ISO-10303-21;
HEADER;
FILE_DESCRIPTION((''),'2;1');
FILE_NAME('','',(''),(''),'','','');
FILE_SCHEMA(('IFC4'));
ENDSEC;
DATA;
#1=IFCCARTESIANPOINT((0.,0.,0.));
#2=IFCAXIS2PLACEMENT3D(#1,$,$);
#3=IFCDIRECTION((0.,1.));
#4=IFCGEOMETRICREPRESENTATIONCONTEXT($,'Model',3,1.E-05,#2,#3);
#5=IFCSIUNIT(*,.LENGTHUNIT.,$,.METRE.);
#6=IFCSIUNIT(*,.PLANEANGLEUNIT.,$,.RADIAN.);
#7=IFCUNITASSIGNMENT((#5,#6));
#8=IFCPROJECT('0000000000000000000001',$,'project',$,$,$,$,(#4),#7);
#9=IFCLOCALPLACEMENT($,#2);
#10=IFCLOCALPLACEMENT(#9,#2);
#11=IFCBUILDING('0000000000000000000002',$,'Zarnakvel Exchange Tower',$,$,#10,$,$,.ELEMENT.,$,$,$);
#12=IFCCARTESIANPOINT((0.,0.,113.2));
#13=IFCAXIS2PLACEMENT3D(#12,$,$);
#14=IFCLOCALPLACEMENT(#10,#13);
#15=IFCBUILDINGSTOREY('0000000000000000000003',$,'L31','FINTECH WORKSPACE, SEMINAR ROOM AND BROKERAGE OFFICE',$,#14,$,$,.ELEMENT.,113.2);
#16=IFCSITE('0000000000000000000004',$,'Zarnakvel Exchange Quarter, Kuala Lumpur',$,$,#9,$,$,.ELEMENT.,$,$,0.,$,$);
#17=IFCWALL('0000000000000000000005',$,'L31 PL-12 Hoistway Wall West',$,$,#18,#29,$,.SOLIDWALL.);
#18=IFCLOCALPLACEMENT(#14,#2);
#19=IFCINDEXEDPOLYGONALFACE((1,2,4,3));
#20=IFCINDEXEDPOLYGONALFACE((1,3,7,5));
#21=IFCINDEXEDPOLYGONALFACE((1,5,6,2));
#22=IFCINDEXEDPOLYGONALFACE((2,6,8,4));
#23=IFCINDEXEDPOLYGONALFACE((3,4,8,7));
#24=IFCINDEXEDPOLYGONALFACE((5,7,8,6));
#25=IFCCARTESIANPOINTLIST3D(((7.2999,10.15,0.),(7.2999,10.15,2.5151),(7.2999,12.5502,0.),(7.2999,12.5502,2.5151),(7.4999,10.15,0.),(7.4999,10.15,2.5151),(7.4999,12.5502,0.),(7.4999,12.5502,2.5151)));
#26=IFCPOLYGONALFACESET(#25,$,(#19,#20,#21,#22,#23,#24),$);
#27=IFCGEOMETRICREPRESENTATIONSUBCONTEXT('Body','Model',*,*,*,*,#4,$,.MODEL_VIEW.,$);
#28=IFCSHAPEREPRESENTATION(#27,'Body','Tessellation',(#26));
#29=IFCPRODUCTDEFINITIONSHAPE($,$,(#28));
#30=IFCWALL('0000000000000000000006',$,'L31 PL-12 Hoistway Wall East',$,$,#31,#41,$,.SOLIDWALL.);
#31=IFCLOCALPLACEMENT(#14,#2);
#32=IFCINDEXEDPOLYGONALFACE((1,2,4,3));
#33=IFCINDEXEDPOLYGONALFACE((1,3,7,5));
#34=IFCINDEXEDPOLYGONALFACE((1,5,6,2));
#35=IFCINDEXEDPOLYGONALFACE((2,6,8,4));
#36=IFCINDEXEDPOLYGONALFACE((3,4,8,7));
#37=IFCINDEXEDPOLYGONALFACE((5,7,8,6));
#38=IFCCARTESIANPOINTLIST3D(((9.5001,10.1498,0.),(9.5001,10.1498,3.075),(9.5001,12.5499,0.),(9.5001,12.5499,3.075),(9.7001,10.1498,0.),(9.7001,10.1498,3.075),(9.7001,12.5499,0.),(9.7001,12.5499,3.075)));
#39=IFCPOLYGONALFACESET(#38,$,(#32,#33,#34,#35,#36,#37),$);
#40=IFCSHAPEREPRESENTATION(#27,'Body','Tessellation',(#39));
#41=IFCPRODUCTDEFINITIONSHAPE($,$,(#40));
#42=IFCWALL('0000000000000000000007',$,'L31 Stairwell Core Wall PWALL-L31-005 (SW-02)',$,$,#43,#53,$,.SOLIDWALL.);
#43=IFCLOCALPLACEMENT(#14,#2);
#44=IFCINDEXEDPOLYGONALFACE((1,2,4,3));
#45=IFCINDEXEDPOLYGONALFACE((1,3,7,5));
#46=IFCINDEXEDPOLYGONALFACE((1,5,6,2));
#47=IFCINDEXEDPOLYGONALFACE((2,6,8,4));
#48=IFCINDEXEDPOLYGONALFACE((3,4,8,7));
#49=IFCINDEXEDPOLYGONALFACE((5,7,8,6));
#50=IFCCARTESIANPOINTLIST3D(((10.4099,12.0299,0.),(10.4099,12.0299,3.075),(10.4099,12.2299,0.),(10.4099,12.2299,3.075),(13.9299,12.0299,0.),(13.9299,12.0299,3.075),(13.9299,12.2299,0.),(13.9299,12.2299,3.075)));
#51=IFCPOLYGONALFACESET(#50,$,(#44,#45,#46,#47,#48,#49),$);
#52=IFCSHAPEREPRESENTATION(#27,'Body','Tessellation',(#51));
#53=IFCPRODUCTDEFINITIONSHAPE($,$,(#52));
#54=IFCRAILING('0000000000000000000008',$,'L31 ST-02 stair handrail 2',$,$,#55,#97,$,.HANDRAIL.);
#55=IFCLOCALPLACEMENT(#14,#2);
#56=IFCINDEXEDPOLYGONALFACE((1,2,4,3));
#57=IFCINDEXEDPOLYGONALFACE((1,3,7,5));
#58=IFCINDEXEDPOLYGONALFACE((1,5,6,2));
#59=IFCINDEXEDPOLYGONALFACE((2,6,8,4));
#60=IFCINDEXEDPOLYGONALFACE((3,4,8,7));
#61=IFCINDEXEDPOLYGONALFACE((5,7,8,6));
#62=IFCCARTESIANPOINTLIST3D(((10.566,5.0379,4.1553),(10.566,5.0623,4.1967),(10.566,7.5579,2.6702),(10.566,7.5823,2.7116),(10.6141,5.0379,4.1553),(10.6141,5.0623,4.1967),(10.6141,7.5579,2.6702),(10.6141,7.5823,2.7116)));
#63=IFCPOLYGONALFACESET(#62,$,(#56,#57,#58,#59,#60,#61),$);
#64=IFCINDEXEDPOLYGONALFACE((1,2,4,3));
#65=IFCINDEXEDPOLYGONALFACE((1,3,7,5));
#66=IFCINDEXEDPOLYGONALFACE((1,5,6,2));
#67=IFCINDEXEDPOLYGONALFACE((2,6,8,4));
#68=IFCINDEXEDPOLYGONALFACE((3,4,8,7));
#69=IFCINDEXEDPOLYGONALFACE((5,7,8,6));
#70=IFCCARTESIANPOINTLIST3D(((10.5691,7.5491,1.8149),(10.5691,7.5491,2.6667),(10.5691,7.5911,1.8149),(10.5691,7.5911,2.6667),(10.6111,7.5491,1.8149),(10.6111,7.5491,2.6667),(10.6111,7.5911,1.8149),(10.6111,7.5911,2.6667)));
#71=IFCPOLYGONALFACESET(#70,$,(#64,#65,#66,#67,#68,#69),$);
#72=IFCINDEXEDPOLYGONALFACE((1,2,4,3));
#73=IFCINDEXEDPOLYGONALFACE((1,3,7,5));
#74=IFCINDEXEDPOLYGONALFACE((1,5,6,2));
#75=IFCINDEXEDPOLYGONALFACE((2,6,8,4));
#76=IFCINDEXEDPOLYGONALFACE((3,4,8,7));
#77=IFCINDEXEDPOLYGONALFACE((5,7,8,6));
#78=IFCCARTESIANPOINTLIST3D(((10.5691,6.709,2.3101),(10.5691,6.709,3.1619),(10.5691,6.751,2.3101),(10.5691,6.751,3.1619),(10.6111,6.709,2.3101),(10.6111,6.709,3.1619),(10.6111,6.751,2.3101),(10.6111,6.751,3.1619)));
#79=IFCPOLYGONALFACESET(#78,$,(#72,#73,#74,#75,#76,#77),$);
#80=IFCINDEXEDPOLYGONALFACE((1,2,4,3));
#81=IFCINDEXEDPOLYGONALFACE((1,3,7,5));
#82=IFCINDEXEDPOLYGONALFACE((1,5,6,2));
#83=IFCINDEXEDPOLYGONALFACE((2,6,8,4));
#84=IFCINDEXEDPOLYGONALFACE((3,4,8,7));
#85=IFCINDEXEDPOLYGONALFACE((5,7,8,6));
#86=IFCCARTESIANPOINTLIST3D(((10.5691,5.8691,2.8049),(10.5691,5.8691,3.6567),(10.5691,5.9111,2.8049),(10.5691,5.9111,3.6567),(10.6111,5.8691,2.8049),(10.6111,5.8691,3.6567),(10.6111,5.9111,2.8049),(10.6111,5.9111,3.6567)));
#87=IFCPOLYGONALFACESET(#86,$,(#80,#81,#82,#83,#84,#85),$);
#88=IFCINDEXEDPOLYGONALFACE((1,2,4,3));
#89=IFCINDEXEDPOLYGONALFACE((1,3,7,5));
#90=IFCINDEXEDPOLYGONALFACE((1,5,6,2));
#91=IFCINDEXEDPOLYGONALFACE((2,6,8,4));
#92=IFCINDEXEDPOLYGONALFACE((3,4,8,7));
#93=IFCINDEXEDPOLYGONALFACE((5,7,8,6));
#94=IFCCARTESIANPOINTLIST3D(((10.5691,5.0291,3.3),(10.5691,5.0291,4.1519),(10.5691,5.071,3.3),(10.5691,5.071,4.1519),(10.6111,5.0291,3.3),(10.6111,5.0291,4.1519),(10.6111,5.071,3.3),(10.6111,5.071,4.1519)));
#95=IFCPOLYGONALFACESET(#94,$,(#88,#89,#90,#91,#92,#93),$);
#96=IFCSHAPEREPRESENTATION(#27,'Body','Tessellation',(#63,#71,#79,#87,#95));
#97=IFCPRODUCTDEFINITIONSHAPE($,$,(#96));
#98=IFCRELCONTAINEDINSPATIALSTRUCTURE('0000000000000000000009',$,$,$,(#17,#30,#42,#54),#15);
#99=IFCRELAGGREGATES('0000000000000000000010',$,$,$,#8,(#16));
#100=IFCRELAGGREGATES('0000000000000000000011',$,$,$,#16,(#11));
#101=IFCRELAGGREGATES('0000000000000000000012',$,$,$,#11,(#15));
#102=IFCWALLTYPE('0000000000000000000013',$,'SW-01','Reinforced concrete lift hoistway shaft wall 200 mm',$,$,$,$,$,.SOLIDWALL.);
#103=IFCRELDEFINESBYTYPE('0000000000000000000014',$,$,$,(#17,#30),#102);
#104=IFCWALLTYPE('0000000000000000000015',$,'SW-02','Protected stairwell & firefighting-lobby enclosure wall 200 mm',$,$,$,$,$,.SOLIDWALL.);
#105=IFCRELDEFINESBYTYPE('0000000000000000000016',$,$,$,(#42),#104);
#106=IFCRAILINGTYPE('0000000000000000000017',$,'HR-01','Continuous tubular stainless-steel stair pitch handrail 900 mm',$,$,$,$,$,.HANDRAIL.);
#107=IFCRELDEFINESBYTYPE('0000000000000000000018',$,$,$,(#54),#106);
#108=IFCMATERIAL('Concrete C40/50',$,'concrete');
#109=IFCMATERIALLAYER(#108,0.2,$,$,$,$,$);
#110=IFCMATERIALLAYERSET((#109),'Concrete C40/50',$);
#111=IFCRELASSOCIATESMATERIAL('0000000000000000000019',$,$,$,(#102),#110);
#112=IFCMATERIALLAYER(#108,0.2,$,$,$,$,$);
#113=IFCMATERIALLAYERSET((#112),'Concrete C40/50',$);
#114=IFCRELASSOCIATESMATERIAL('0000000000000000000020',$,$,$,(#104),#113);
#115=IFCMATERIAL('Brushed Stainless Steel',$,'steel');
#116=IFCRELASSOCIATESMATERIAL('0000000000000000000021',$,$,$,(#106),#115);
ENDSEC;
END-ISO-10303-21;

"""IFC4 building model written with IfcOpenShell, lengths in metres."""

from ifc_helpers import new_model, si_unit, direction, frame, frame_2d, origin, origin_2d, place, context, subcontext, project, spatial, rectangle, extrude, material, layer, layer_set, type_object, element, save


model = new_model("IFC4")

# Units and contexts
model_context = context("Model", 3, precision=1e-05, world=origin(), true_north=direction((0.0, 1.0)))
body_context = subcontext(model_context, "Body", "Model", "MODEL_VIEW")
ifc_project = project(units=[si_unit("LENGTHUNIT", "METRE"), si_unit("PLANEANGLEUNIT", "RADIAN")], contexts=[model_context])

# Site, building, storey
site_placement = place(None, origin())
site = spatial("IfcSite", under=ifc_project, at=site_placement, Name="Zarnakvel Exchange Quarter, Kuala Lumpur", CompositionType="ELEMENT", RefElevation=0.0)
building_placement = place(site_placement, origin())
building = spatial("IfcBuilding", under=site, at=building_placement, Name="Zarnakvel Exchange Tower", CompositionType="ELEMENT")
storey_placement = place(building_placement, frame((0.0, 0.0, 113.2)))
storey = spatial("IfcBuildingStorey", under=building, at=storey_placement, Name="L31", Description="FINTECH WORKSPACE, SEMINAR ROOM AND BROKERAGE OFFICE", CompositionType="ELEMENT", Elevation=113.2)

# Shared definitions
ifc_material_1 = material(Name="Concrete C40/50", Category="concrete")
ifc_layer_1 = layer(ifc_material_1, 0.2)
ifc_layer_set_1 = layer_set([ifc_layer_1], Name="Concrete C40/50")
wall_type_1 = type_object("IfcWallType", Name="SW-01", Description="Reinforced concrete lift hoistway shaft wall 200 mm", PredefinedType="SOLIDWALL", material=ifc_layer_set_1)

# Walls
wall_1_placement = place(storey_placement, frame((7.3999, 10.1499, 0.0), z_axis=(0.0, 0.0, 1.0), x_axis=(0.0, 1.0, 0.0)))
element("IfcWall", 1, at=wall_1_placement, inside=storey, type_object=wall_type_1, Name="L31 PL-12 Hoistway Wall West", PredefinedType="SOLIDWALL", context=body_context, shape_type="SweptSolid", body=[
    extrude(rectangle(XDim=2.4001, YDim=0.2, at=frame_2d((1.2002, 0.0))), origin(), (0.0, 0.0, 1.0), 2.5151),
])
wall_2_placement = place(storey_placement, frame((9.6001, 12.55, 0.0), z_axis=(0.0, 0.0, 1.0), x_axis=(0.0, -1.0, 0.0)))
element("IfcWall", 2, at=wall_2_placement, inside=storey, type_object=wall_type_1, Name="L31 PL-12 Hoistway Wall East", PredefinedType="SOLIDWALL", context=body_context, shape_type="SweptSolid", body=[
    extrude(rectangle(XDim=2.4001, YDim=0.2, at=frame_2d((1.2002, 0.0))), origin(), (0.0, 0.0, 1.0), 3.075),
])
ifc_layer_2 = layer(ifc_material_1, 0.2)
ifc_layer_set_2 = layer_set([ifc_layer_2], Name="Concrete C40/50")
wall_type_2 = type_object("IfcWallType", Name="SW-02", Description="Protected stairwell & firefighting-lobby enclosure wall 200 mm", PredefinedType="SOLIDWALL", material=ifc_layer_set_2)
wall_3_placement = place(storey_placement, frame((10.4099, 12.1299, 0.0), z_axis=(0.0, 0.0, 1.0), x_axis=(1.0, 0.0, 0.0)))
element("IfcWall", 3, at=wall_3_placement, inside=storey, type_object=wall_type_2, Name="L31 Stairwell Core Wall PWALL-L31-005 (SW-02)", PredefinedType="SOLIDWALL", context=body_context, shape_type="SweptSolid", body=[
    extrude(rectangle(XDim=3.52, YDim=0.2, at=frame_2d((1.76, 0.0))), origin(), (0.0, 0.0, 1.0), 3.075),
])

# Railing
ifc_material_2 = material(Name="Brushed Stainless Steel", Category="steel")
railing_type = type_object("IfcRailingType", Name="HR-01", Description="Continuous tubular stainless-steel stair pitch handrail 900 mm", PredefinedType="HANDRAIL", material=ifc_material_2)
railing_placement = place(storey_placement, frame((10.5901, 7.5701, 1.8149)))
element("IfcRailing", 4, at=railing_placement, inside=storey, type_object=railing_type, Name="L31 ST-02 stair handrail 2", PredefinedType="HANDRAIL", context=body_context, shape_type="SweptSolid", body=[
    extrude(rectangle(XDim=0.0481, YDim=0.0481, at=origin_2d()), frame((0.0, 0.0, 0.876), z_axis=(0.0, -0.861524, 0.507717), x_axis=(1.0, 0.0, 0.0)), (0.0, 0.0, 1.0), 2.925),
    extrude(rectangle(XDim=0.042, YDim=0.042, at=origin_2d()), origin(), (0.0, 0.0, 1.0), 0.8518),
    extrude(rectangle(XDim=0.042, YDim=0.042, at=origin_2d()), frame((0.0, -0.8401, 0.4951)), (0.0, 0.0, 1.0), 0.8518),
    extrude(rectangle(XDim=0.042, YDim=0.042, at=origin_2d()), frame((0.0, -1.6799, 0.99)), (0.0, 0.0, 1.0), 0.8518),
    extrude(rectangle(XDim=0.042, YDim=0.042, at=origin_2d()), frame((0.0, -2.52, 1.4851)), (0.0, 0.0, 1.0), 0.8518),
])

save(model, "model.ifc")
